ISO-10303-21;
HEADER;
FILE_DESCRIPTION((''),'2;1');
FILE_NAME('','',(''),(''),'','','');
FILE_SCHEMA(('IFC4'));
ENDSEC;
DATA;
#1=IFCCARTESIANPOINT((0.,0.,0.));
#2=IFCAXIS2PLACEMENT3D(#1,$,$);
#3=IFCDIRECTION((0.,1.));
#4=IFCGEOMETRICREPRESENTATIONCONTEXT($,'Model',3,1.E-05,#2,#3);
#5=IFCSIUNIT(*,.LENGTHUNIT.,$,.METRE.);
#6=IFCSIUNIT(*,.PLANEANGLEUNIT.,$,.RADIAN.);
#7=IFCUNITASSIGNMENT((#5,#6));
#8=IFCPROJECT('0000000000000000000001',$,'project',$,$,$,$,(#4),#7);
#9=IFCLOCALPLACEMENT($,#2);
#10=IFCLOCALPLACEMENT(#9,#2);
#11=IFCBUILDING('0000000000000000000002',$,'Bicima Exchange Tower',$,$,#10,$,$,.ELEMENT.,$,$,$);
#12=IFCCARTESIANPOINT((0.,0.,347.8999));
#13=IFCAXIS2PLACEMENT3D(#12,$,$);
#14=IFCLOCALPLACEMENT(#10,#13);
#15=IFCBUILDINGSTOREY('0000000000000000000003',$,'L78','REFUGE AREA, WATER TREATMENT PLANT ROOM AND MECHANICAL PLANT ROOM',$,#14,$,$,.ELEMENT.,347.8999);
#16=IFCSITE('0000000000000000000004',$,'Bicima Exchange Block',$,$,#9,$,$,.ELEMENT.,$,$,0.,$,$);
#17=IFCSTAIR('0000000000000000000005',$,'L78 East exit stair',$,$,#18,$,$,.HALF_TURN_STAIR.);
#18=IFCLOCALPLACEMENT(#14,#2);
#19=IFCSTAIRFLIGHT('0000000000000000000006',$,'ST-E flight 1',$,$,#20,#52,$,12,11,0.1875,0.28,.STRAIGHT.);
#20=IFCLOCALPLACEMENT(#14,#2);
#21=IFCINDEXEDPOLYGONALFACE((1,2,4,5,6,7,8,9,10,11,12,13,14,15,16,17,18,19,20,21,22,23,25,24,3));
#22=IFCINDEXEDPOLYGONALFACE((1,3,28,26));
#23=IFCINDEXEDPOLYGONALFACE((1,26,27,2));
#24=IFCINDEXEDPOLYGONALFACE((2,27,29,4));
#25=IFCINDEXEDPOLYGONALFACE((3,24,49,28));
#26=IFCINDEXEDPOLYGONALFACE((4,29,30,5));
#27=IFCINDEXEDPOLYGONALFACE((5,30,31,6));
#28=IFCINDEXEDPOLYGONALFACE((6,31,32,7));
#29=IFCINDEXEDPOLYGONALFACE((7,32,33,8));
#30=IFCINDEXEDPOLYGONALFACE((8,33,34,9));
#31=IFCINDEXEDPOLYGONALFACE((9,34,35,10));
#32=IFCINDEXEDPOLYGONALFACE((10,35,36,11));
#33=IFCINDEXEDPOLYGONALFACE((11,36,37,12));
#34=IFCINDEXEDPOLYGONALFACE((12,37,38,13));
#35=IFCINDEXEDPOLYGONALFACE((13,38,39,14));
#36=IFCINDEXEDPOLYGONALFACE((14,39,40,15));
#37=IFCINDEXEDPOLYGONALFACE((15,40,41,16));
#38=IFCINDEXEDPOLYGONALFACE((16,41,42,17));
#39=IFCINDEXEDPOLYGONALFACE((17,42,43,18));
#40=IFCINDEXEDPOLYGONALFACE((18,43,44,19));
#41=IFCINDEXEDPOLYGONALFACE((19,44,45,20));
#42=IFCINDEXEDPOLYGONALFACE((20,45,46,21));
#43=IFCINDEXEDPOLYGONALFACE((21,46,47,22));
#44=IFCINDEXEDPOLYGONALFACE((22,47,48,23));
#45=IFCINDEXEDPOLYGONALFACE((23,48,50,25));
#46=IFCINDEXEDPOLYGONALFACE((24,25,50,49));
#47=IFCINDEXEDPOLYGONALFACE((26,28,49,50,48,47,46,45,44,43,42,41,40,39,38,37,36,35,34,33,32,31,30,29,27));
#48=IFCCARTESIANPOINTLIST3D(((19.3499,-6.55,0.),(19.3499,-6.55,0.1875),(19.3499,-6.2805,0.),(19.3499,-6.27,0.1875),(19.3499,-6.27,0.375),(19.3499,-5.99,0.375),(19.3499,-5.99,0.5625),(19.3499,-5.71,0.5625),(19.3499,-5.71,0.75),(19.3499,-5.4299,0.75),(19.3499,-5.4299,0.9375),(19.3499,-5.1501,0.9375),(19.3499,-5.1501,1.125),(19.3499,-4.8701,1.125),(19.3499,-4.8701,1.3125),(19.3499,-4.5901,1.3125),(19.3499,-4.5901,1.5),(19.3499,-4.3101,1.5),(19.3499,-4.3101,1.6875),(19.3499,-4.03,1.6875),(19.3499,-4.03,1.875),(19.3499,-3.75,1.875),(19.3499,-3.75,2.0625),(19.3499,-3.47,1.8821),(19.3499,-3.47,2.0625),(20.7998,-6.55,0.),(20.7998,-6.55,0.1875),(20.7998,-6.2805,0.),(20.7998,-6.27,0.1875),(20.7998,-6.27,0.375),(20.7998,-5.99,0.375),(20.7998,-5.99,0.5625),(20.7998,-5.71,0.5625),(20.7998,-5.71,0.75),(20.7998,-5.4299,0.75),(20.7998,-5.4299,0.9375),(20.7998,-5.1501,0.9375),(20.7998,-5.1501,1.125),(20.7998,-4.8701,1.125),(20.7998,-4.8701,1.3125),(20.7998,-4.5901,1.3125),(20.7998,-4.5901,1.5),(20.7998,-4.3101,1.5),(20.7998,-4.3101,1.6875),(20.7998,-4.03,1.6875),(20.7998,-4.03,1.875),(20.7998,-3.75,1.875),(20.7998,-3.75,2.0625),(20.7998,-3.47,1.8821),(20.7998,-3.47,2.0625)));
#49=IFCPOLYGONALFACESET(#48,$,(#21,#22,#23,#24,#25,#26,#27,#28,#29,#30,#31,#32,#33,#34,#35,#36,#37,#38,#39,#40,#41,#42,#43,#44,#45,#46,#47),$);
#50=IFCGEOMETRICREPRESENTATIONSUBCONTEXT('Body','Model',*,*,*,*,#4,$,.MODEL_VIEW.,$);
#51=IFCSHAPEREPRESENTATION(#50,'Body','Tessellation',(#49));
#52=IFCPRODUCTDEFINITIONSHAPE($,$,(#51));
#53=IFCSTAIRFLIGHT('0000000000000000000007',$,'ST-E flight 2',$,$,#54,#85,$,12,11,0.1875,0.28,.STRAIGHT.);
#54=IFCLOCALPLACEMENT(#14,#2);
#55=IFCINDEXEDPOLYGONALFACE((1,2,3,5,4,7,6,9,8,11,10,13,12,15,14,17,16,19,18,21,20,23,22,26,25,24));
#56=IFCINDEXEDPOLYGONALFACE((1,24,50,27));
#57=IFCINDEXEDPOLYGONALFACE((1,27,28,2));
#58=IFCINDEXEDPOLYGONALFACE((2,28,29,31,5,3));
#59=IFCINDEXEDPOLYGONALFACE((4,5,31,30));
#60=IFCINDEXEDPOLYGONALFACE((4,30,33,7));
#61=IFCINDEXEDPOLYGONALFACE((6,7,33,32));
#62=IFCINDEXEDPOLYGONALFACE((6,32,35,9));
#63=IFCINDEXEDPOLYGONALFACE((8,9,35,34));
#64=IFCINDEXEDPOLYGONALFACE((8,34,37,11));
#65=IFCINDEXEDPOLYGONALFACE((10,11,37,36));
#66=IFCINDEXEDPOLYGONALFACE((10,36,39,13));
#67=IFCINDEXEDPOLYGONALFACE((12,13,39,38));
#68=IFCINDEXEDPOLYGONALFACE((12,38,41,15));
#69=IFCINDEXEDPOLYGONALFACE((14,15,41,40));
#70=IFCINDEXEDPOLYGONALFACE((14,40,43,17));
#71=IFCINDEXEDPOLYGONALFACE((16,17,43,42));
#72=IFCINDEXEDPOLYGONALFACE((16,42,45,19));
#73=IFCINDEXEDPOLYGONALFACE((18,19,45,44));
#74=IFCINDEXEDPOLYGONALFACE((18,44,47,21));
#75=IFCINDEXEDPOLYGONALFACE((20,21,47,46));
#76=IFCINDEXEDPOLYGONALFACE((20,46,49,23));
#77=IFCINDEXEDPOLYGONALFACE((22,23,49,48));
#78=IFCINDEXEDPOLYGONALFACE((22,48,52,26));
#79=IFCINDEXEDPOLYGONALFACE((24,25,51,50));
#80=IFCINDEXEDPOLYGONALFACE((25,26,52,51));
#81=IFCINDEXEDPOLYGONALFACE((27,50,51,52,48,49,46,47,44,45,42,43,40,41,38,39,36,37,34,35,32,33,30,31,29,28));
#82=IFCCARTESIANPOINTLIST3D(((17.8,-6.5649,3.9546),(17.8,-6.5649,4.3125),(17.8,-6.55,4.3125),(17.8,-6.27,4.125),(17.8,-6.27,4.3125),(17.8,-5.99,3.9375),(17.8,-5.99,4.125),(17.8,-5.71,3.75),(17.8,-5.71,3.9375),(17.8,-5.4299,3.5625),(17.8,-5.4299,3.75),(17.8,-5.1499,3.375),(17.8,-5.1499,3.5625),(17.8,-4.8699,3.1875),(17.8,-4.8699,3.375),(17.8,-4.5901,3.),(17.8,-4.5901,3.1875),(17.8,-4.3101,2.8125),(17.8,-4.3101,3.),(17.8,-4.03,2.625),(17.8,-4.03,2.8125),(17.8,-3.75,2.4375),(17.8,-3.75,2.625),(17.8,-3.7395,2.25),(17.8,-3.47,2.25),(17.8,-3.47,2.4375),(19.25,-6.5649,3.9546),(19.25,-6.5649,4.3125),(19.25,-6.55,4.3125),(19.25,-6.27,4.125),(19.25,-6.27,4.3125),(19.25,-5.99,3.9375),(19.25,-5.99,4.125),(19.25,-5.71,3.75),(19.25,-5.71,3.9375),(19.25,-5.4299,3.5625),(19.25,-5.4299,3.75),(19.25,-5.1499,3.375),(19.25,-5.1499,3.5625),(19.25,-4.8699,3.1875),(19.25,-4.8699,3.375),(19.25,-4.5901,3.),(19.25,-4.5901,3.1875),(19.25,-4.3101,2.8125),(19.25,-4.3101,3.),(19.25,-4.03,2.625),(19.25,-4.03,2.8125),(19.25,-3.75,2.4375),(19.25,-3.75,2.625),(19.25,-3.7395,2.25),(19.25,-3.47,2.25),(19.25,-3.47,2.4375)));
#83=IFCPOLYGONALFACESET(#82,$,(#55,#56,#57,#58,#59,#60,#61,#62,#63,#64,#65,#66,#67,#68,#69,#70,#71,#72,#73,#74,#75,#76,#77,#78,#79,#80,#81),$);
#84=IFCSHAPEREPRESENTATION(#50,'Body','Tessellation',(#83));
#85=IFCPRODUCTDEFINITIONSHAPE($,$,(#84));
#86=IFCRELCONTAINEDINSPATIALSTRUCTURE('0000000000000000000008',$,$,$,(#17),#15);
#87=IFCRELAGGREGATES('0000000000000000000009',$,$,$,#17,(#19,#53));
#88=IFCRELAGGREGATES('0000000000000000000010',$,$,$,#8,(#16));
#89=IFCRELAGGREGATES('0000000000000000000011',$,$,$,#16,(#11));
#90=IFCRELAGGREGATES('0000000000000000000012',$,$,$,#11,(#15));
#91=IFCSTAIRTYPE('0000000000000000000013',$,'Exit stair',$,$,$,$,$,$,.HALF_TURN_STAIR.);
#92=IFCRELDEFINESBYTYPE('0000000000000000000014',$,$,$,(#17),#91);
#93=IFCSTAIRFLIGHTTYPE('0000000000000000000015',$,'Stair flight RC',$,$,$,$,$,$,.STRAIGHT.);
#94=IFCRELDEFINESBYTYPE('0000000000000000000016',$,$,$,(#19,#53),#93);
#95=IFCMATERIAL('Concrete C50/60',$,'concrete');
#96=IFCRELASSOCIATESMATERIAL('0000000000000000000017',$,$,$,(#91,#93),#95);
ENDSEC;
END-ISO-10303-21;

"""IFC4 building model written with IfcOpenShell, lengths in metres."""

from ifc_helpers import new_model, si_unit, direction, frame, origin, place, context, subcontext, project, spatial, polyline, outline, extrude, material, type_object, element, aggregate, save


model = new_model("IFC4")

# Units and contexts
model_context = context("Model", 3, precision=1e-05, world=origin(), true_north=direction((0.0, 1.0)))
body_context = subcontext(model_context, "Body", "Model", "MODEL_VIEW")
ifc_project = project(units=[si_unit("LENGTHUNIT", "METRE"), si_unit("PLANEANGLEUNIT", "RADIAN")], contexts=[model_context])

# Site, building, storey
site_placement = place(None, origin())
site = spatial("IfcSite", under=ifc_project, at=site_placement, Name="Bicima Exchange Block", CompositionType="ELEMENT", RefElevation=0.0)
building_placement = place(site_placement, origin())
building = spatial("IfcBuilding", under=site, at=building_placement, Name="Bicima Exchange Tower", CompositionType="ELEMENT")
storey_placement = place(building_placement, frame((0.0, 0.0, 347.8999)))
storey = spatial("IfcBuildingStorey", under=building, at=storey_placement, Name="L78", Description="REFUGE AREA, WATER TREATMENT PLANT ROOM AND MECHANICAL PLANT ROOM", CompositionType="ELEMENT", Elevation=347.8999)

# Shared definitions
ifc_material_1 = material(Name="Concrete C50/60", Category="concrete")

# Stair, stair flights
stair_type = type_object("IfcStairType", Name="Exit stair", PredefinedType="HALF_TURN_STAIR", material=ifc_material_1)
stair_placement = place(storey_placement, origin())
stair = element("IfcStair", 1, at=stair_placement, inside=storey, type_object=stair_type, Name="L78 East exit stair", PredefinedType="HALF_TURN_STAIR")
stair_flight_type = type_object("IfcStairFlightType", Name="Stair flight RC", PredefinedType="STRAIGHT", material=ifc_material_1)
stair_flight_1_placement = place(storey_placement, frame((20.075, -6.55, 0.0), z_axis=(0.0, 0.0, 1.0), x_axis=(0.0, 1.0, 0.0)))
stair_flight_1 = element("IfcStairFlight", 2, at=stair_flight_1_placement, type_object=stair_flight_type, Name="ST-E flight 1", NumberOfRisers=12, NumberOfTreads=11, PredefinedType="STRAIGHT", RiserHeight=0.1875, TreadLength=0.28, context=body_context, shape_type="SweptSolid", body=[
    extrude(outline(polyline([(0.0, 0.0), (0.0, 0.1875), (0.28, 0.1875), (0.28, 0.375), (0.5601, 0.375), (0.5601, 0.5625), (0.8401, 0.5625), (0.8401, 0.75), (1.1201, 0.75), (1.1201, 0.9375), (1.3999, 0.9375), (1.3999, 1.125), (1.6799, 1.125), (1.6799, 1.3125), (1.96, 1.3125), (1.96, 1.5), (2.24, 1.5), (2.24, 1.6875), (2.52, 1.6875), (2.52, 1.875), (2.8, 1.875), (2.8, 2.0625), (3.0801, 2.0625), (3.0801, 2.25), (3.0801, 1.8821), (0.2695, 0.0), (0.0, 0.0)])), frame((0.0, 0.7251, 0.0), z_axis=(0.0, -1.0, 0.0), x_axis=(1.0, 0.0, 0.0)), (0.0, 0.0, 1.0), 1.45),
])
stair_flight_2_placement = place(storey_placement, frame((18.5249, -3.47, 2.25), z_axis=(0.0, 0.0, 1.0), x_axis=(0.0, -1.0, 0.0)))
stair_flight_2 = element("IfcStairFlight", 3, at=stair_flight_2_placement, type_object=stair_flight_type, Name="ST-E flight 2", NumberOfRisers=12, NumberOfTreads=11, PredefinedType="STRAIGHT", RiserHeight=0.1875, TreadLength=0.28, context=body_context, shape_type="SweptSolid", body=[
    extrude(outline(polyline([(0.0, 0.0), (0.0, 0.1875), (0.28, 0.1875), (0.28, 0.375), (0.5601, 0.375), (0.5601, 0.5625), (0.8401, 0.5625), (0.8401, 0.75), (1.1201, 0.75), (1.1201, 0.9375), (1.3999, 0.9375), (1.3999, 1.125), (1.6799, 1.125), (1.6799, 1.3125), (1.96, 1.3125), (1.96, 1.5), (2.24, 1.5), (2.24, 1.6875), (2.52, 1.6875), (2.52, 1.875), (2.8, 1.875), (2.8, 2.0625), (3.0801, 2.0625), (3.095, 2.0625), (3.095, 1.7046), (0.2695, 0.0), (0.0, 0.0)])), frame((0.0, 0.7251, 0.0), z_axis=(0.0, -1.0, 0.0), x_axis=(1.0, 0.0, 0.0)), (0.0, 0.0, 1.0), 1.45),
])
aggregate(stair, [stair_flight_1, stair_flight_2])

save(model, "model.ifc")
